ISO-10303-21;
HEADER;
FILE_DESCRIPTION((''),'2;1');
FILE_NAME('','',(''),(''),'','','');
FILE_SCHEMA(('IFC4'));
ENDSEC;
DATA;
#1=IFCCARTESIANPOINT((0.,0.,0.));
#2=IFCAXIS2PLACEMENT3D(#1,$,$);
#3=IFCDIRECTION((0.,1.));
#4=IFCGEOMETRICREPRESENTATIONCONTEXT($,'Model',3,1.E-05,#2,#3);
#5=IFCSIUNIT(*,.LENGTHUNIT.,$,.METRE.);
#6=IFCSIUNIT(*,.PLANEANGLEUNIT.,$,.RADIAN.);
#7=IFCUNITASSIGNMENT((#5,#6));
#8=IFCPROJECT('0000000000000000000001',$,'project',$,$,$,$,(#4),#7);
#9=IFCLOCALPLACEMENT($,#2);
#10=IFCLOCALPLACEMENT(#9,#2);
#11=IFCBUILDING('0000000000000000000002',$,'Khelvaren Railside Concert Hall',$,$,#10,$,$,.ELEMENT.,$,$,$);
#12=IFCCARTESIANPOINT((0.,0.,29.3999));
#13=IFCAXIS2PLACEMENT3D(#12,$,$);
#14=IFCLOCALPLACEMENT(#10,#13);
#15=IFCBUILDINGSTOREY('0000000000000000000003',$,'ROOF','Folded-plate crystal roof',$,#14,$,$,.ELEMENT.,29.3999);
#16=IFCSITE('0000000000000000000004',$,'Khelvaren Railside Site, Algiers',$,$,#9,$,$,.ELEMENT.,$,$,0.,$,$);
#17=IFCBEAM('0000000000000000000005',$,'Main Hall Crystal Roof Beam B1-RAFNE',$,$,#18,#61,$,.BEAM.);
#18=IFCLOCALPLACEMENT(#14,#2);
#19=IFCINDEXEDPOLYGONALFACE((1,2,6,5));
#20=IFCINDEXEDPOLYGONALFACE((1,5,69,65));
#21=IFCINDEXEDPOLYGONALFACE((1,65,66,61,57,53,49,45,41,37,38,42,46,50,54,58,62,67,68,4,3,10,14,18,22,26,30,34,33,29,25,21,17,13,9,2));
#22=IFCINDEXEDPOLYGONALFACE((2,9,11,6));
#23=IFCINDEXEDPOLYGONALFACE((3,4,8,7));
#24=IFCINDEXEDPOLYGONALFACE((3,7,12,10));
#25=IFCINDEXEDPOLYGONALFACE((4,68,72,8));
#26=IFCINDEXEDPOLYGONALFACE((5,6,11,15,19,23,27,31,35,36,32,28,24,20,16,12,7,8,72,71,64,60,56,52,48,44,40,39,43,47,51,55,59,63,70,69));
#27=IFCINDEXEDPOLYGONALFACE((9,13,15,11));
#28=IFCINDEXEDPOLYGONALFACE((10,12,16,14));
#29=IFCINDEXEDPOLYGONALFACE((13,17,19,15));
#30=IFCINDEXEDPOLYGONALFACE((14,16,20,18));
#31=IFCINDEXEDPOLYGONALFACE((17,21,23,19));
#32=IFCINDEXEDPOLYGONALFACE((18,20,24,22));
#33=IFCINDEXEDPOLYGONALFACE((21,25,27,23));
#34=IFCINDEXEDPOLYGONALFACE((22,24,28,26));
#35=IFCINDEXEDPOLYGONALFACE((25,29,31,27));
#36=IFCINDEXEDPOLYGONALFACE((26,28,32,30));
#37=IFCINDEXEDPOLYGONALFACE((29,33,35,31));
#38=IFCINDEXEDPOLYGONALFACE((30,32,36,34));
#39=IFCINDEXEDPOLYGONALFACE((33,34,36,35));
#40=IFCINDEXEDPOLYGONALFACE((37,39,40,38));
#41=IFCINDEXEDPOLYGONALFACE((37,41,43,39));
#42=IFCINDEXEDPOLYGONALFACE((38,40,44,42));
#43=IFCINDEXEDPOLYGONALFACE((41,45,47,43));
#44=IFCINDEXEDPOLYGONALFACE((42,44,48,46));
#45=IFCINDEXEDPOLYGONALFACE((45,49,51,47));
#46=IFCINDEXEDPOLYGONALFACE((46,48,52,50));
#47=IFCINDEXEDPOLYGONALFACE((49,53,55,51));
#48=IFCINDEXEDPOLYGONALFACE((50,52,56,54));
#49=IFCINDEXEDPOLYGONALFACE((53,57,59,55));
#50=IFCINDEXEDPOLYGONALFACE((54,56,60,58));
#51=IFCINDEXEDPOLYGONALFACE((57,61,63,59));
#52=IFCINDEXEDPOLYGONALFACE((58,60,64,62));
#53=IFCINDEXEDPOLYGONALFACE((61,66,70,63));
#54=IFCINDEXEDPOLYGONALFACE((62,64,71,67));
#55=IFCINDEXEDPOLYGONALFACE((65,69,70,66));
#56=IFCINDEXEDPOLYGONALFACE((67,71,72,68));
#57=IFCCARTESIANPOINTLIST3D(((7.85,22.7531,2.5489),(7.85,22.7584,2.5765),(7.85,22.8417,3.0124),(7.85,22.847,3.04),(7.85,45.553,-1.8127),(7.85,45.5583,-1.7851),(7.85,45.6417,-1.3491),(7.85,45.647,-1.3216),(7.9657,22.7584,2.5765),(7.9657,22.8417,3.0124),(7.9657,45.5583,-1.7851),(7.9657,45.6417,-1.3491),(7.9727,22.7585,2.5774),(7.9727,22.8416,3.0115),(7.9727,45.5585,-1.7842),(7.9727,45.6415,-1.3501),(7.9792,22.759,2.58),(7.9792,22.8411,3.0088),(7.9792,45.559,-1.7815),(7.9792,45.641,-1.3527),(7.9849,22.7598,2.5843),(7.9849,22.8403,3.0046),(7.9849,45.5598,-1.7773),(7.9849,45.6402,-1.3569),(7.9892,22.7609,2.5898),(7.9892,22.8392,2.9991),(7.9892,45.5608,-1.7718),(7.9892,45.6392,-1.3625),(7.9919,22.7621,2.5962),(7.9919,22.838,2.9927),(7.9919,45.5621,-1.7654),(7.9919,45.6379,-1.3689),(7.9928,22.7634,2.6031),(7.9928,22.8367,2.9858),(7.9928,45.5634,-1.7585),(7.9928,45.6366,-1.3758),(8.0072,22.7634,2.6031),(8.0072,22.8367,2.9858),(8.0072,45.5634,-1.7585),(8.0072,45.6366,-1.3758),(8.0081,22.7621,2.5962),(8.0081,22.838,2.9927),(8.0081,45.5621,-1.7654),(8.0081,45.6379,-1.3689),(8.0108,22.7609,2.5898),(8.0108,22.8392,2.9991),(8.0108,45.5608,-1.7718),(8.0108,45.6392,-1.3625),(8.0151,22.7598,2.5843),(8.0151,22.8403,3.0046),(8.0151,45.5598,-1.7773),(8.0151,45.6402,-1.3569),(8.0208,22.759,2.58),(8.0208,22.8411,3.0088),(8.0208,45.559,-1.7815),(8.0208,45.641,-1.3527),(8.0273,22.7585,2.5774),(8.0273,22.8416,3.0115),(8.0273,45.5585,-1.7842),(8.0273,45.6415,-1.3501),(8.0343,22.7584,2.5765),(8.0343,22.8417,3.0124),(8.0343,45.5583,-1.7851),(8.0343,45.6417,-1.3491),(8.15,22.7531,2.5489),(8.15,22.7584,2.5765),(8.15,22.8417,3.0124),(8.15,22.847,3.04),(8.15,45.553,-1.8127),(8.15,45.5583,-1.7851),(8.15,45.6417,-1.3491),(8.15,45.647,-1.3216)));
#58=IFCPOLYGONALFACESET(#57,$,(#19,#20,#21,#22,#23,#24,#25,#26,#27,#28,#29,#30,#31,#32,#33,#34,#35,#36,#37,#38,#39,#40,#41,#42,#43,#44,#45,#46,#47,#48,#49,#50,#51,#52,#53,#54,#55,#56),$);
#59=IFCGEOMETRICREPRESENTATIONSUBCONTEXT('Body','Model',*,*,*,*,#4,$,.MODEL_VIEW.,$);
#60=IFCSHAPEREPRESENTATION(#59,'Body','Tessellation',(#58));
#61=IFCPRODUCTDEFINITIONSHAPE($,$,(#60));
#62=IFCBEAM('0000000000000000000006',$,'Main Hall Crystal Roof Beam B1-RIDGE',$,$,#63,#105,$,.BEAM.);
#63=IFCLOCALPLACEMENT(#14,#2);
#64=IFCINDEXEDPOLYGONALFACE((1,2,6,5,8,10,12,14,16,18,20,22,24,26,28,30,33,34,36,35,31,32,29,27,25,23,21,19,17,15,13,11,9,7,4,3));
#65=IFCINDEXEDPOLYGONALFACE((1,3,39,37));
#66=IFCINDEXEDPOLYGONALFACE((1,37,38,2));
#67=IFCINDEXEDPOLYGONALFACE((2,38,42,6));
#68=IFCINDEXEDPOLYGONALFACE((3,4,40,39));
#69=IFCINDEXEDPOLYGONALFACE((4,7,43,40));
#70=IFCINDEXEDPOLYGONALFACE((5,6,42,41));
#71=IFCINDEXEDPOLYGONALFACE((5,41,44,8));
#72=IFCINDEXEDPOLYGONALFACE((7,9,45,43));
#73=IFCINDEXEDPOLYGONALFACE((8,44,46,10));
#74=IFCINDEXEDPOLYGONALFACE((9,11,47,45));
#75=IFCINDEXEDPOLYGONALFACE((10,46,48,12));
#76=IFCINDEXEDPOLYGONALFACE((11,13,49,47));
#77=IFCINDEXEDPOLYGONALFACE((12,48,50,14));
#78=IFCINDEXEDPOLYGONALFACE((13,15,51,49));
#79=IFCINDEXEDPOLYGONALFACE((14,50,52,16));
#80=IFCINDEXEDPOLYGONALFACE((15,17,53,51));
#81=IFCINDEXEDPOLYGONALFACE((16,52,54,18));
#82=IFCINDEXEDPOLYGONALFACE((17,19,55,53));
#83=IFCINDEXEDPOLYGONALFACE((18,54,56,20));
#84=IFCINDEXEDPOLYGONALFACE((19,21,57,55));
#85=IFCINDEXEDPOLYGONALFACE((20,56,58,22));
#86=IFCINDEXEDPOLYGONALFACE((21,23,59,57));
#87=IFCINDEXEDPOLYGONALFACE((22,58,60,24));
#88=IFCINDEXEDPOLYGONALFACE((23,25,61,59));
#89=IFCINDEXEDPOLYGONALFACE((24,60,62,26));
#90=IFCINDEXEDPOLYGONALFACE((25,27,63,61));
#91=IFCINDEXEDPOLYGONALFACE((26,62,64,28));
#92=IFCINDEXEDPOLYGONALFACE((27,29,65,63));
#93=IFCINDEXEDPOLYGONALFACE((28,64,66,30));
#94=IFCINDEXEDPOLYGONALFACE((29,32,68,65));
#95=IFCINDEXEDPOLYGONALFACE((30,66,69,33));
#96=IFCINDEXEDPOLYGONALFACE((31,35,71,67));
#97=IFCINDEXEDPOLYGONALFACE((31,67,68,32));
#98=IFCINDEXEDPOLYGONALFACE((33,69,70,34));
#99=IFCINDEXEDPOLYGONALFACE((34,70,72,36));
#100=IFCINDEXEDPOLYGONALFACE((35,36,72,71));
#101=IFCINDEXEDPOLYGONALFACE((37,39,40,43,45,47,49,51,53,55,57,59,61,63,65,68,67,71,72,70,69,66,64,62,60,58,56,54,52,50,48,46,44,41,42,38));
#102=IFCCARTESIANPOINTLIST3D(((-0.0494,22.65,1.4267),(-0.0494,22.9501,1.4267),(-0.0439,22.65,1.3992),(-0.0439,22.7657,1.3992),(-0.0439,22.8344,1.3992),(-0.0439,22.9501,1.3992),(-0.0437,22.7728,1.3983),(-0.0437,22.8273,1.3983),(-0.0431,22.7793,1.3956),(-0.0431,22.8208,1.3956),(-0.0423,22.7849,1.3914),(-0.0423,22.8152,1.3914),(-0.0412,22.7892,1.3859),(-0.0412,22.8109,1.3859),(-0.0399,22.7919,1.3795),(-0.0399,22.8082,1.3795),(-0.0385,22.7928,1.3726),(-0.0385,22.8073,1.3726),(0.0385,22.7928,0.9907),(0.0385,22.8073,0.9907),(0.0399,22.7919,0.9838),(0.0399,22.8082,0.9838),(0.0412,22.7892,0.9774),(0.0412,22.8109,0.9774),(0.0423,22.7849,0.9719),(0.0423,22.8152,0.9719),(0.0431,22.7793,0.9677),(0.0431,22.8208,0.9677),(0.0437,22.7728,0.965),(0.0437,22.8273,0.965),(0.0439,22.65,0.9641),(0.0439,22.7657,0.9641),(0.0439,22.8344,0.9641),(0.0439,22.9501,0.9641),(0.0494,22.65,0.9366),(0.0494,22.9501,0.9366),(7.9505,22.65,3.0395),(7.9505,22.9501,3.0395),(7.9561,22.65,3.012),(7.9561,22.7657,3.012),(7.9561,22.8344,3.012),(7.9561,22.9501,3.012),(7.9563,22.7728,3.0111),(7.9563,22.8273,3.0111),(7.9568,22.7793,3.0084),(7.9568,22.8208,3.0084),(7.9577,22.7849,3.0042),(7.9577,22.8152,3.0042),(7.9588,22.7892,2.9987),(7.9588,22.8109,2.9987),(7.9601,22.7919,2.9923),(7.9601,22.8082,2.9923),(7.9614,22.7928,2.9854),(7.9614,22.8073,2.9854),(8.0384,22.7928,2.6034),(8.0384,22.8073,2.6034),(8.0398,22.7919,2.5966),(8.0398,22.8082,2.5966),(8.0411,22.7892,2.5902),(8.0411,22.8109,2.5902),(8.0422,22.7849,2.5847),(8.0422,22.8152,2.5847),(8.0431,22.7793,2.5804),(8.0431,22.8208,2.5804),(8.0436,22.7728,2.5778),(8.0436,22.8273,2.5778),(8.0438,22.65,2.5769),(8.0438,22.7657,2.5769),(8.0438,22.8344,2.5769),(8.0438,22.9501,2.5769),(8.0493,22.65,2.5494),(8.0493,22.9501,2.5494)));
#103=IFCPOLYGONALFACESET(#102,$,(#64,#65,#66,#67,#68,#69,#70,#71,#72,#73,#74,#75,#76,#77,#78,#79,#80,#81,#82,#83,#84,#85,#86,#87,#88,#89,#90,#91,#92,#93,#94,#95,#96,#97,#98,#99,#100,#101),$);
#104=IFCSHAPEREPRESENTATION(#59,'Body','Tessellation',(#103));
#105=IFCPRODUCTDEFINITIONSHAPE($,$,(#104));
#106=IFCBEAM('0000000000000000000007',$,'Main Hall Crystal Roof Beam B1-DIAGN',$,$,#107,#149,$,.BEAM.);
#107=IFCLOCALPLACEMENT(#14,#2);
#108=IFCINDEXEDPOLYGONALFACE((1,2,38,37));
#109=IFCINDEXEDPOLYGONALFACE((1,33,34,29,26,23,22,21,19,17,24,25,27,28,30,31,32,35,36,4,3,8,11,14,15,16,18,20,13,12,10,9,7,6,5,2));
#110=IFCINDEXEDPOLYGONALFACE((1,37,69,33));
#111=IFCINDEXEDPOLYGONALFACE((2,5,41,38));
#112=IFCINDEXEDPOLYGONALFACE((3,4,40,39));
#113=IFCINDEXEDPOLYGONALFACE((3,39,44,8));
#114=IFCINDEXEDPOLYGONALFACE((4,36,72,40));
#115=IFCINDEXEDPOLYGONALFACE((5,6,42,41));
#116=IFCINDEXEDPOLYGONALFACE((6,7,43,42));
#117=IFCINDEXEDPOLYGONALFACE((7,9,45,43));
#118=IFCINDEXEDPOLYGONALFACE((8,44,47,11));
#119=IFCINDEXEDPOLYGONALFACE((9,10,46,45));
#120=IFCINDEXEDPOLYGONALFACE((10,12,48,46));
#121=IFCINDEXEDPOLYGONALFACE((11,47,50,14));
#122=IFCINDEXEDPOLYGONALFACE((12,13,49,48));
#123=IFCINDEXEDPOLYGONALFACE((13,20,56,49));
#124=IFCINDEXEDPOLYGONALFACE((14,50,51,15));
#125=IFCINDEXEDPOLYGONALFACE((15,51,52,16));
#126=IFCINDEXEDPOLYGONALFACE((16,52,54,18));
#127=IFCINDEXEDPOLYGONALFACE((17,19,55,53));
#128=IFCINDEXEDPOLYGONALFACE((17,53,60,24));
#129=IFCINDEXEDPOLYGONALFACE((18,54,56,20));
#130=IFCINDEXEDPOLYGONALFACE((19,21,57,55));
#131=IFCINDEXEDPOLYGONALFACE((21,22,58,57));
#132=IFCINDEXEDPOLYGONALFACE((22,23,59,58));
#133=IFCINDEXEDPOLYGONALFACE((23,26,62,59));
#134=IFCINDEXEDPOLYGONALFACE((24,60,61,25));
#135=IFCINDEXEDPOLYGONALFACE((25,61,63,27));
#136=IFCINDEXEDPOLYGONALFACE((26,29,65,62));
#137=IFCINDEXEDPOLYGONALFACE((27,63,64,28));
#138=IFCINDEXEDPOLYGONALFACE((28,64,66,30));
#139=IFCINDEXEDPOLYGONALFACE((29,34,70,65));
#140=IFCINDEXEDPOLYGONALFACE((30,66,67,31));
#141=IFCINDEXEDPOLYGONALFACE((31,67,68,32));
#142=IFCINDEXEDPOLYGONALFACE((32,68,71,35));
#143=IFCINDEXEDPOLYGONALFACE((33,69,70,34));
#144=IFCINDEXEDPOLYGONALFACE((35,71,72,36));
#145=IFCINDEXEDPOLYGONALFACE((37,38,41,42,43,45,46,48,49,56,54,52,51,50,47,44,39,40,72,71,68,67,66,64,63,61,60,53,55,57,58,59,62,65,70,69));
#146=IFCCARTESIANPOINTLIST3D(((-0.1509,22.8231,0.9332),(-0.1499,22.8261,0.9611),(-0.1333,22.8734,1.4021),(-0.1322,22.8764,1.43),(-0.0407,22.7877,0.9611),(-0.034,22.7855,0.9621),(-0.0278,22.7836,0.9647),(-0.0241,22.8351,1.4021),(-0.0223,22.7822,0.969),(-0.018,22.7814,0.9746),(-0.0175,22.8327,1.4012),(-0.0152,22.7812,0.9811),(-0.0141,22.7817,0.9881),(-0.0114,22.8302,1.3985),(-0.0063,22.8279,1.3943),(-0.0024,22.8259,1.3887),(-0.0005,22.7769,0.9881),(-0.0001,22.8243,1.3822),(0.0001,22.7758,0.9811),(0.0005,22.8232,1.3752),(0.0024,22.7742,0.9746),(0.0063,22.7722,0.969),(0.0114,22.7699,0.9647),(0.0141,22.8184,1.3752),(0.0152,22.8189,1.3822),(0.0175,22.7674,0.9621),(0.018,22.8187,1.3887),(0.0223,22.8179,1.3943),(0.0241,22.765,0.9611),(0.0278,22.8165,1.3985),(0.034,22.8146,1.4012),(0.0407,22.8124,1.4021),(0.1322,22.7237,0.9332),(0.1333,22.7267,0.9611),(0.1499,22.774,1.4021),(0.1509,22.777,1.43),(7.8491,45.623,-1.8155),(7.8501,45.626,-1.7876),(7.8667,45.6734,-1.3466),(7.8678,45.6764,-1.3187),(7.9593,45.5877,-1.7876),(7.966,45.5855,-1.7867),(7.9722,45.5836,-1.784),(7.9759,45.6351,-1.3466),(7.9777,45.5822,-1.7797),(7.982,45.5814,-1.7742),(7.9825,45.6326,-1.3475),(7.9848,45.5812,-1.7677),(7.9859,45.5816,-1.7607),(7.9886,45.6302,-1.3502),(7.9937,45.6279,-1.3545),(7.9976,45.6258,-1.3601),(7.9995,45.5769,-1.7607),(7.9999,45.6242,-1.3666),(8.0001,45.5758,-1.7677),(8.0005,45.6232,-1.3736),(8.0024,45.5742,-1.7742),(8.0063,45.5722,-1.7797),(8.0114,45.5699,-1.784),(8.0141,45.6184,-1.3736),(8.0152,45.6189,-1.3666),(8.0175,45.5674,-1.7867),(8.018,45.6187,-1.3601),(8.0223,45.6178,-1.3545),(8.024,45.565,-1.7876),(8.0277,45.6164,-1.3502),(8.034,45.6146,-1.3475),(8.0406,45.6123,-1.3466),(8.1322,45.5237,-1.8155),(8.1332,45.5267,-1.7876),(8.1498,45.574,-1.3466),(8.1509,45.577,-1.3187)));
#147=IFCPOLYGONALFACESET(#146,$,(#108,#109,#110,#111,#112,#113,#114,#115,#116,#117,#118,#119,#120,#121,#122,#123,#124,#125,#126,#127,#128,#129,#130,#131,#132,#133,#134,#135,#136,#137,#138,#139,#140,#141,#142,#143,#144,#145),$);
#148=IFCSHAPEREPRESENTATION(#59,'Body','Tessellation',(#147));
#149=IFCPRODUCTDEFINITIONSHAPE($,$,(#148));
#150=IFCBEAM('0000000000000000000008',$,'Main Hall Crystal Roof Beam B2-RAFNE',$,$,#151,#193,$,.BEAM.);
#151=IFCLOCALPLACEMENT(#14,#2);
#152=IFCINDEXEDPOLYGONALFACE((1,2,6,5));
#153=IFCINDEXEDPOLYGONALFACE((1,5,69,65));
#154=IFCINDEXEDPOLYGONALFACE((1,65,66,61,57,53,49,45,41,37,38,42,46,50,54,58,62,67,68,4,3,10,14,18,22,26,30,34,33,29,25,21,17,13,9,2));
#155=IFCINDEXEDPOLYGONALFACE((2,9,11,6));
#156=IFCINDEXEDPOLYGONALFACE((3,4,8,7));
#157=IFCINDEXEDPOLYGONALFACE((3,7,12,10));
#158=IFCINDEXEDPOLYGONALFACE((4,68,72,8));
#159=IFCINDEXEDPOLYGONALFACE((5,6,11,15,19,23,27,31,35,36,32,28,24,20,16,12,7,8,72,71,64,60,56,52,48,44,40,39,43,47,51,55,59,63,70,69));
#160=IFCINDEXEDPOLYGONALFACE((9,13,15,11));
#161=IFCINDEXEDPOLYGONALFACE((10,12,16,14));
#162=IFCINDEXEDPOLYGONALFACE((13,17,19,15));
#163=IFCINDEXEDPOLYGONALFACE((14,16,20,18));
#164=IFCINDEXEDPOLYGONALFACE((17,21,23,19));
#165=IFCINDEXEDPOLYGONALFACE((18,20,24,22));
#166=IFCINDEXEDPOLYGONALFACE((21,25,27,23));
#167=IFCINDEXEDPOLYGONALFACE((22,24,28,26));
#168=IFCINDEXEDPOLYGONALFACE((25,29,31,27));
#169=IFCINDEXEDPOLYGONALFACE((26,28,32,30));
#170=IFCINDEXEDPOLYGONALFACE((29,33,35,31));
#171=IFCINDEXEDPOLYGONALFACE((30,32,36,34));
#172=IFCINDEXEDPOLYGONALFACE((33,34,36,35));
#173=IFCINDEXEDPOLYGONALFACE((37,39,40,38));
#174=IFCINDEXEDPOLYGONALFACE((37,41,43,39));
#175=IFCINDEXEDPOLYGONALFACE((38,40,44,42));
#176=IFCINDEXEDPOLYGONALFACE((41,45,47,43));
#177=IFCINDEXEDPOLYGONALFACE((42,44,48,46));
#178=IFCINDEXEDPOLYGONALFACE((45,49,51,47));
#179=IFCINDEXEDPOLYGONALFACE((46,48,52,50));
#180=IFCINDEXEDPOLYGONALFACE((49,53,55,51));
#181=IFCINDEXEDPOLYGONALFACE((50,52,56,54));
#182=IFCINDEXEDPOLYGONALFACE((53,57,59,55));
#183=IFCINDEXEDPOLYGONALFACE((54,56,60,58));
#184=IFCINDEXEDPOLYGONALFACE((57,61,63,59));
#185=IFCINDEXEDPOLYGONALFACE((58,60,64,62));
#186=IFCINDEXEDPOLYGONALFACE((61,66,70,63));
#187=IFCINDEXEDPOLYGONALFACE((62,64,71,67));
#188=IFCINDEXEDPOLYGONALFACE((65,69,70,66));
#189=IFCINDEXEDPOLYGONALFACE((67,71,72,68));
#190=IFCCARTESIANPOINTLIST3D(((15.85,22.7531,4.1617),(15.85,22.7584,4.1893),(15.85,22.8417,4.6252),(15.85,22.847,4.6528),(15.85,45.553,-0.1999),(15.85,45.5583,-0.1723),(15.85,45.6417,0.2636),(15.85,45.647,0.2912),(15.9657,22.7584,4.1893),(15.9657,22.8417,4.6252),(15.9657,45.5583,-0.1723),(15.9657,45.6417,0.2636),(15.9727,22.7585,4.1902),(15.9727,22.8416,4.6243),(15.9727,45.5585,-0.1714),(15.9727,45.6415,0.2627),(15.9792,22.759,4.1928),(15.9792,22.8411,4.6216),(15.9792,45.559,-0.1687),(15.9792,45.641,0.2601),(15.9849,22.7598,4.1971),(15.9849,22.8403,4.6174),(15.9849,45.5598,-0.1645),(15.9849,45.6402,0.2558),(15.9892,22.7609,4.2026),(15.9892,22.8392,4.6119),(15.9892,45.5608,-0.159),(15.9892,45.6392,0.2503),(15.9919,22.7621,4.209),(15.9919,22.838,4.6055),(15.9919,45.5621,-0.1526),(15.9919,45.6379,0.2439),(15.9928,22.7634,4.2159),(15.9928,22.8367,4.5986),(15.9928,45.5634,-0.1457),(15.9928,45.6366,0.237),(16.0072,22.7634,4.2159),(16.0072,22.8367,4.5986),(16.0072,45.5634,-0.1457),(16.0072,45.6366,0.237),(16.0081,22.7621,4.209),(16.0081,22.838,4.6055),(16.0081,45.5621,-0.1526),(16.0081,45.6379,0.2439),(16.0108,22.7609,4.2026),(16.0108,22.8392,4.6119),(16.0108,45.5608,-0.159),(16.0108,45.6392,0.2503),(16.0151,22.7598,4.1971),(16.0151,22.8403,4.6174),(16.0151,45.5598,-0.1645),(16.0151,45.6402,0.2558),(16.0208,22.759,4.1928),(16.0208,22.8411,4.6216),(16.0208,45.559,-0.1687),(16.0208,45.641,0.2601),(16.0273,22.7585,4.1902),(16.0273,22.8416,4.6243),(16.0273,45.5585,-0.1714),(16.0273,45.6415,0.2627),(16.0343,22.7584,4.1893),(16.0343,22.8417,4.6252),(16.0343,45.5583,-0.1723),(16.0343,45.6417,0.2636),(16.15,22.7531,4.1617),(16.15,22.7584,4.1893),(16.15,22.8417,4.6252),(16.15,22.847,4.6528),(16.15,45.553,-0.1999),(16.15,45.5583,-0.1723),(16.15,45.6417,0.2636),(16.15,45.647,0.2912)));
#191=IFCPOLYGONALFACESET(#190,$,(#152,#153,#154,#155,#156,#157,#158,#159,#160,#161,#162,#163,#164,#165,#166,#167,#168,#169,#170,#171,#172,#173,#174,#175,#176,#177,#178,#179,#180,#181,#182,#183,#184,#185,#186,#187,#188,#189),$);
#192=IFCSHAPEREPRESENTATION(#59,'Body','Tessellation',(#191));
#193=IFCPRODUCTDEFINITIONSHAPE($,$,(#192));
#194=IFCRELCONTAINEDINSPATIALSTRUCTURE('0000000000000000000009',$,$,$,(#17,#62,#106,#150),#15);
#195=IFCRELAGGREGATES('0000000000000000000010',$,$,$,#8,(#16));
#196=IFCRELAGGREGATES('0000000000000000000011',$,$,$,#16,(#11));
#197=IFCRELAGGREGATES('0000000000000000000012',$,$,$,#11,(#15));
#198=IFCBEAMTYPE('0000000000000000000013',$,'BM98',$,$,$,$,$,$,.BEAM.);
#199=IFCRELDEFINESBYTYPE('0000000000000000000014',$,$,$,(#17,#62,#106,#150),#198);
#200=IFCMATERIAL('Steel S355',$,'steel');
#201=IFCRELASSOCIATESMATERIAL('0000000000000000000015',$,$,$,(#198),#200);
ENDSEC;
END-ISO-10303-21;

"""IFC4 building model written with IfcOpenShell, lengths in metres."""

from ifc_helpers import new_model, si_unit, direction, frame, origin, origin_2d, place, context, subcontext, project, spatial, i_section, extrude, material, material_profile, profile_set, type_object, element, save


model = new_model("IFC4")

# Units and contexts
model_context = context("Model", 3, precision=1e-05, world=origin(), true_north=direction((0.0, 1.0)))
body_context = subcontext(model_context, "Body", "Model", "MODEL_VIEW")
ifc_project = project(units=[si_unit("LENGTHUNIT", "METRE"), si_unit("PLANEANGLEUNIT", "RADIAN")], contexts=[model_context])

# Site, building, storey
site_placement = place(None, origin())
site = spatial("IfcSite", under=ifc_project, at=site_placement, Name="Khelvaren Railside Site, Algiers", CompositionType="ELEMENT", RefElevation=0.0)
building_placement = place(site_placement, origin())
building = spatial("IfcBuilding", under=site, at=building_placement, Name="Khelvaren Railside Concert Hall", CompositionType="ELEMENT")
storey_placement = place(building_placement, frame((0.0, 0.0, 29.3999)))
storey = spatial("IfcBuildingStorey", under=building, at=storey_placement, Name="ROOF", Description="Folded-plate crystal roof", CompositionType="ELEMENT", Elevation=29.3999)

# Beams
ifc_material_1 = material(Name="Steel S355", Category="steel")
ifc_material_profile_1 = material_profile(ifc_material_1, i_section(OverallWidth=0.3, OverallDepth=0.5, WebThickness=0.0144, FlangeThickness=0.0281, FilletRadius=0.0271, at=origin_2d()), Name="HEB 500")
ifc_profile_set_1 = profile_set([ifc_material_profile_1], Name="Steel S355")
beam_type = type_object("IfcBeamType", Name="BM98", PredefinedType="BEAM", material=ifc_profile_set_1)
beam_1_placement = place(storey_placement, frame((8.0, 22.8, 2.7944), z_axis=(0.0, 0.98219, -0.18789), x_axis=(-1.0, 0.0, 0.0)))
element("IfcBeam", 1, at=beam_1_placement, inside=storey, type_object=beam_type, Name="Main Hall Crystal Roof Beam B1-RAFNE", PredefinedType="BEAM", context=body_context, shape_type="SweptSolid", body=[
    extrude(i_section(OverallWidth=0.3, OverallDepth=0.5, WebThickness=0.0144, FlangeThickness=0.0281, FilletRadius=0.0271, at=origin_2d()), origin(), (0.0, 0.0, 1.0), 23.2134),
])
beam_2_placement = place(storey_placement, frame((0.0, 22.8, 1.1816), z_axis=(0.980278, 0.0, 0.197623), x_axis=(0.0, 1.0, 0.0)))
element("IfcBeam", 2, at=beam_2_placement, inside=storey, type_object=beam_type, Name="Main Hall Crystal Roof Beam B1-RIDGE", PredefinedType="BEAM", context=body_context, shape_type="SweptSolid", body=[
    extrude(i_section(OverallWidth=0.3, OverallDepth=0.5, WebThickness=0.0144, FlangeThickness=0.0281, FilletRadius=0.0271, at=origin_2d()), origin(), (0.0, 0.0, 1.0), 8.1609),
])
beam_3_placement = place(storey_placement, frame((0.0, 22.8, 1.1816), z_axis=(0.328965, 0.937553, -0.113032), x_axis=(-0.9436, 0.331087, 0.0)))
element("IfcBeam", 3, at=beam_3_placement, inside=storey, type_object=beam_type, Name="Main Hall Crystal Roof Beam B1-DIAGN", PredefinedType="BEAM", context=body_context, shape_type="SweptSolid", body=[
    extrude(i_section(OverallWidth=0.3, OverallDepth=0.5, WebThickness=0.0144, FlangeThickness=0.0281, FilletRadius=0.0271, at=origin_2d()), origin(), (0.0, 0.0, 1.0), 24.3186),
])
beam_4_placement = place(storey_placement, frame((16.0, 22.8, 4.4072), z_axis=(0.0, 0.98219, -0.18789), x_axis=(-1.0, 0.0, 0.0)))
element("IfcBeam", 4, at=beam_4_placement, inside=storey, type_object=beam_type, Name="Main Hall Crystal Roof Beam B2-RAFNE", PredefinedType="BEAM", context=body_context, shape_type="SweptSolid", body=[
    extrude(i_section(OverallWidth=0.3, OverallDepth=0.5, WebThickness=0.0144, FlangeThickness=0.0281, FilletRadius=0.0271, at=origin_2d()), origin(), (0.0, 0.0, 1.0), 23.2134),
])

save(model, "model.ifc")
